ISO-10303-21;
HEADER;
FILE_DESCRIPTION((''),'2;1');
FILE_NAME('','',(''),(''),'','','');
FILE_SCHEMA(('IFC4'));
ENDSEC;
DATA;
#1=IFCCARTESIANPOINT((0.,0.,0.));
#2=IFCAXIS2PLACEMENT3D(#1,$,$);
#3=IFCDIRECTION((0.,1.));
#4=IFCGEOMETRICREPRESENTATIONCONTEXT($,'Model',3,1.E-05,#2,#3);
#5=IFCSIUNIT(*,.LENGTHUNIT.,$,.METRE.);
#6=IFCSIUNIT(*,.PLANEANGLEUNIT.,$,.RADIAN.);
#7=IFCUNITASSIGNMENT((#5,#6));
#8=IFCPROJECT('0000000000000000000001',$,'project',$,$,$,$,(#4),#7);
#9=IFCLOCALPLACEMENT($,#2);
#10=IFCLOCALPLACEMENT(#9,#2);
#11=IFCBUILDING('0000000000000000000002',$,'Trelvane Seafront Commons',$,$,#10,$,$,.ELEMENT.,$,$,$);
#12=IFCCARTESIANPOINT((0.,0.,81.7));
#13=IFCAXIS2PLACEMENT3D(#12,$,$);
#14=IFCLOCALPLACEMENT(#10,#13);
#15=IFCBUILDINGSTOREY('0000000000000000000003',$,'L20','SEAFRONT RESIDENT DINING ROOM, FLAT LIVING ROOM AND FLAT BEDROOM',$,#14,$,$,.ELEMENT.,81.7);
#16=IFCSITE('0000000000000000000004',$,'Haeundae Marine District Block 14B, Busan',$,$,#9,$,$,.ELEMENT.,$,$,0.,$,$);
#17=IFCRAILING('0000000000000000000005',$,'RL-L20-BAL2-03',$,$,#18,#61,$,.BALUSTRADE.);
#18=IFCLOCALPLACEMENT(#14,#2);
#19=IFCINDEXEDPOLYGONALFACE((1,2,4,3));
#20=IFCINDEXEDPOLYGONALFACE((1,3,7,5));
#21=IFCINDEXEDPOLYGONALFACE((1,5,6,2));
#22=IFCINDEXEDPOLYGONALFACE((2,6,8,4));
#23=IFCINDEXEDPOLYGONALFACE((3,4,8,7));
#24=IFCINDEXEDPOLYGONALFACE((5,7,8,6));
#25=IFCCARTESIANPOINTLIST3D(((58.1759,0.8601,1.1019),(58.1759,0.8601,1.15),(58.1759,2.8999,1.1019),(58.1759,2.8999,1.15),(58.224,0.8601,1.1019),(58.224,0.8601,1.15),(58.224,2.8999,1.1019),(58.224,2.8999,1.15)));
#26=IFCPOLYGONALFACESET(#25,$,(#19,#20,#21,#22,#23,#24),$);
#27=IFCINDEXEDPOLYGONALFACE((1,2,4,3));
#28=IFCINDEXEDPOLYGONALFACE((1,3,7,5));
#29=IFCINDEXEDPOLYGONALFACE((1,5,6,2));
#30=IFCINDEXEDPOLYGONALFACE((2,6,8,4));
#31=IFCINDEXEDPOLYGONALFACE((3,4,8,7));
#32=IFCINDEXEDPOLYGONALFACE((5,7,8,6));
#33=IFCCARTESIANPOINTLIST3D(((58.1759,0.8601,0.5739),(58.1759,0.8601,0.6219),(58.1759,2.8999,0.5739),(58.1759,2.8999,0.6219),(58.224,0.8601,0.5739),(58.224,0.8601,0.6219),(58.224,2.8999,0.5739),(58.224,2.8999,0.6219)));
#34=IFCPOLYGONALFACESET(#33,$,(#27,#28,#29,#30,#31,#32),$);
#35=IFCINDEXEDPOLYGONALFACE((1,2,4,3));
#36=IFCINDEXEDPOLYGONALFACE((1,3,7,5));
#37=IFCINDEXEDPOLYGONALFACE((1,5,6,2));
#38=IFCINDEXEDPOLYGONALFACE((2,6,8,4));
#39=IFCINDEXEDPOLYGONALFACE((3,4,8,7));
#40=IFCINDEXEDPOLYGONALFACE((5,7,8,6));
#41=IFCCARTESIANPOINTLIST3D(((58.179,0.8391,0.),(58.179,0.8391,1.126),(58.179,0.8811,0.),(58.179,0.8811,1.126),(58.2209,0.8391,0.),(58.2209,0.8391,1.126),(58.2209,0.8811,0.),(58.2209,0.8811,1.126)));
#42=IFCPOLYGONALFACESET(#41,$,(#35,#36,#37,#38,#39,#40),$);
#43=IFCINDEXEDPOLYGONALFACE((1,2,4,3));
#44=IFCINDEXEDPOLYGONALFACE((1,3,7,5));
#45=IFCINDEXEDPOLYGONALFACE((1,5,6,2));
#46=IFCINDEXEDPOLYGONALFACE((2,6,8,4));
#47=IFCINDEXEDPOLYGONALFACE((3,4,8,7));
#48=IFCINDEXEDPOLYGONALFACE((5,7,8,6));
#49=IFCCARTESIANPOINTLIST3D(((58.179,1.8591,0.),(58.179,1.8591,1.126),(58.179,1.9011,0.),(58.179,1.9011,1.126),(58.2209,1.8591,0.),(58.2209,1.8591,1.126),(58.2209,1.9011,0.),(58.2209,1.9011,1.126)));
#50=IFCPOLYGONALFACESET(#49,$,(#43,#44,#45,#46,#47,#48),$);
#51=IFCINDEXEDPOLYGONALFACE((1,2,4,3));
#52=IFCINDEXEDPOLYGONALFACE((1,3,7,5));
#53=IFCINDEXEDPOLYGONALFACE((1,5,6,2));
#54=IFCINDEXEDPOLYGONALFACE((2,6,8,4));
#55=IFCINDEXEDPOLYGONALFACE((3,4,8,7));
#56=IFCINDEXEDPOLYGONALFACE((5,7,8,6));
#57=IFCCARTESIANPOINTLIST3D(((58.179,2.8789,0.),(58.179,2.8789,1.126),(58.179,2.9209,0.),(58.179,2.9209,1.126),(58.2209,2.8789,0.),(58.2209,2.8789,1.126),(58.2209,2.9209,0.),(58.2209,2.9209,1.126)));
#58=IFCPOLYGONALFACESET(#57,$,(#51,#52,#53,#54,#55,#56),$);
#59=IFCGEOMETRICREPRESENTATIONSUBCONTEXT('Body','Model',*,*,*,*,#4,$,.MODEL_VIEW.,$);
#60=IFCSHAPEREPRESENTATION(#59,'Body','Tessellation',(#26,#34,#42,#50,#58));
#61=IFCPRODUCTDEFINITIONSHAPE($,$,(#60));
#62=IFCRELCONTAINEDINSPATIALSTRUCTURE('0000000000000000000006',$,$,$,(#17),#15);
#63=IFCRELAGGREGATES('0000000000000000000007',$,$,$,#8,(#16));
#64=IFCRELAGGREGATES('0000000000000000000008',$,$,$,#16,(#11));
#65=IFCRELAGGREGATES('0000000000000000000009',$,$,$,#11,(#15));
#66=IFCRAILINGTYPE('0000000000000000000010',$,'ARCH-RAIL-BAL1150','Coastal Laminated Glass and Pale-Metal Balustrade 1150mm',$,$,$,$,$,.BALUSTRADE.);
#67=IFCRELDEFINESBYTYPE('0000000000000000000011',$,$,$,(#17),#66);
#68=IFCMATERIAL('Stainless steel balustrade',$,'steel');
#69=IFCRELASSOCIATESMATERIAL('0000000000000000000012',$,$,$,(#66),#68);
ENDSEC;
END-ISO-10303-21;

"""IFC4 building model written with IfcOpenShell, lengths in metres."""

from ifc_helpers import new_model, si_unit, direction, frame, origin, origin_2d, place, context, subcontext, project, spatial, rectangle, extrude, material, type_object, element, save


model = new_model("IFC4")

# Units and contexts
model_context = context("Model", 3, precision=1e-05, world=origin(), true_north=direction((0.0, 1.0)))
body_context = subcontext(model_context, "Body", "Model", "MODEL_VIEW")
ifc_project = project(units=[si_unit("LENGTHUNIT", "METRE"), si_unit("PLANEANGLEUNIT", "RADIAN")], contexts=[model_context])

# Site, building, storey
site_placement = place(None, origin())
site = spatial("IfcSite", under=ifc_project, at=site_placement, Name="Haeundae Marine District Block 14B, Busan", CompositionType="ELEMENT", RefElevation=0.0)
building_placement = place(site_placement, origin())
building = spatial("IfcBuilding", under=site, at=building_placement, Name="Trelvane Seafront Commons", CompositionType="ELEMENT")
storey_placement = place(building_placement, frame((0.0, 0.0, 81.7)))
storey = spatial("IfcBuildingStorey", under=building, at=storey_placement, Name="L20", Description="SEAFRONT RESIDENT DINING ROOM, FLAT LIVING ROOM AND FLAT BEDROOM", CompositionType="ELEMENT", Elevation=81.7)

# Railing
ifc_material_1 = material(Name="Stainless steel balustrade", Category="steel")
railing_type = type_object("IfcRailingType", Name="ARCH-RAIL-BAL1150", Description="Coastal Laminated Glass and Pale-Metal Balustrade 1150mm", PredefinedType="BALUSTRADE", material=ifc_material_1)
railing_placement = place(storey_placement, frame((58.2, 0.8601, 0.0)))
element("IfcRailing", 1, at=railing_placement, inside=storey, type_object=railing_type, Name="RL-L20-BAL2-03", PredefinedType="BALUSTRADE", context=body_context, shape_type="SweptSolid", body=[
    extrude(rectangle(XDim=0.0481, YDim=0.0481, at=origin_2d()), frame((0.0, 0.0, 1.126), z_axis=(0.0, 1.0, 0.0), x_axis=(-1.0, 0.0, 0.0)), (0.0, 0.0, 1.0), 2.0398),
    extrude(rectangle(XDim=0.0481, YDim=0.0481, at=origin_2d()), frame((0.0, 0.0, 0.5979), z_axis=(0.0, 1.0, 0.0), x_axis=(-1.0, 0.0, 0.0)), (0.0, 0.0, 1.0), 2.0398),
    extrude(rectangle(XDim=0.042, YDim=0.042, at=origin_2d()), origin(), (0.0, 0.0, 1.0), 1.126),
    extrude(rectangle(XDim=0.042, YDim=0.042, at=origin_2d()), frame((0.0, 1.02, 0.0)), (0.0, 0.0, 1.0), 1.126),
    extrude(rectangle(XDim=0.042, YDim=0.042, at=origin_2d()), frame((0.0, 2.0398, 0.0)), (0.0, 0.0, 1.0), 1.126),
])

save(model, "model.ifc")
